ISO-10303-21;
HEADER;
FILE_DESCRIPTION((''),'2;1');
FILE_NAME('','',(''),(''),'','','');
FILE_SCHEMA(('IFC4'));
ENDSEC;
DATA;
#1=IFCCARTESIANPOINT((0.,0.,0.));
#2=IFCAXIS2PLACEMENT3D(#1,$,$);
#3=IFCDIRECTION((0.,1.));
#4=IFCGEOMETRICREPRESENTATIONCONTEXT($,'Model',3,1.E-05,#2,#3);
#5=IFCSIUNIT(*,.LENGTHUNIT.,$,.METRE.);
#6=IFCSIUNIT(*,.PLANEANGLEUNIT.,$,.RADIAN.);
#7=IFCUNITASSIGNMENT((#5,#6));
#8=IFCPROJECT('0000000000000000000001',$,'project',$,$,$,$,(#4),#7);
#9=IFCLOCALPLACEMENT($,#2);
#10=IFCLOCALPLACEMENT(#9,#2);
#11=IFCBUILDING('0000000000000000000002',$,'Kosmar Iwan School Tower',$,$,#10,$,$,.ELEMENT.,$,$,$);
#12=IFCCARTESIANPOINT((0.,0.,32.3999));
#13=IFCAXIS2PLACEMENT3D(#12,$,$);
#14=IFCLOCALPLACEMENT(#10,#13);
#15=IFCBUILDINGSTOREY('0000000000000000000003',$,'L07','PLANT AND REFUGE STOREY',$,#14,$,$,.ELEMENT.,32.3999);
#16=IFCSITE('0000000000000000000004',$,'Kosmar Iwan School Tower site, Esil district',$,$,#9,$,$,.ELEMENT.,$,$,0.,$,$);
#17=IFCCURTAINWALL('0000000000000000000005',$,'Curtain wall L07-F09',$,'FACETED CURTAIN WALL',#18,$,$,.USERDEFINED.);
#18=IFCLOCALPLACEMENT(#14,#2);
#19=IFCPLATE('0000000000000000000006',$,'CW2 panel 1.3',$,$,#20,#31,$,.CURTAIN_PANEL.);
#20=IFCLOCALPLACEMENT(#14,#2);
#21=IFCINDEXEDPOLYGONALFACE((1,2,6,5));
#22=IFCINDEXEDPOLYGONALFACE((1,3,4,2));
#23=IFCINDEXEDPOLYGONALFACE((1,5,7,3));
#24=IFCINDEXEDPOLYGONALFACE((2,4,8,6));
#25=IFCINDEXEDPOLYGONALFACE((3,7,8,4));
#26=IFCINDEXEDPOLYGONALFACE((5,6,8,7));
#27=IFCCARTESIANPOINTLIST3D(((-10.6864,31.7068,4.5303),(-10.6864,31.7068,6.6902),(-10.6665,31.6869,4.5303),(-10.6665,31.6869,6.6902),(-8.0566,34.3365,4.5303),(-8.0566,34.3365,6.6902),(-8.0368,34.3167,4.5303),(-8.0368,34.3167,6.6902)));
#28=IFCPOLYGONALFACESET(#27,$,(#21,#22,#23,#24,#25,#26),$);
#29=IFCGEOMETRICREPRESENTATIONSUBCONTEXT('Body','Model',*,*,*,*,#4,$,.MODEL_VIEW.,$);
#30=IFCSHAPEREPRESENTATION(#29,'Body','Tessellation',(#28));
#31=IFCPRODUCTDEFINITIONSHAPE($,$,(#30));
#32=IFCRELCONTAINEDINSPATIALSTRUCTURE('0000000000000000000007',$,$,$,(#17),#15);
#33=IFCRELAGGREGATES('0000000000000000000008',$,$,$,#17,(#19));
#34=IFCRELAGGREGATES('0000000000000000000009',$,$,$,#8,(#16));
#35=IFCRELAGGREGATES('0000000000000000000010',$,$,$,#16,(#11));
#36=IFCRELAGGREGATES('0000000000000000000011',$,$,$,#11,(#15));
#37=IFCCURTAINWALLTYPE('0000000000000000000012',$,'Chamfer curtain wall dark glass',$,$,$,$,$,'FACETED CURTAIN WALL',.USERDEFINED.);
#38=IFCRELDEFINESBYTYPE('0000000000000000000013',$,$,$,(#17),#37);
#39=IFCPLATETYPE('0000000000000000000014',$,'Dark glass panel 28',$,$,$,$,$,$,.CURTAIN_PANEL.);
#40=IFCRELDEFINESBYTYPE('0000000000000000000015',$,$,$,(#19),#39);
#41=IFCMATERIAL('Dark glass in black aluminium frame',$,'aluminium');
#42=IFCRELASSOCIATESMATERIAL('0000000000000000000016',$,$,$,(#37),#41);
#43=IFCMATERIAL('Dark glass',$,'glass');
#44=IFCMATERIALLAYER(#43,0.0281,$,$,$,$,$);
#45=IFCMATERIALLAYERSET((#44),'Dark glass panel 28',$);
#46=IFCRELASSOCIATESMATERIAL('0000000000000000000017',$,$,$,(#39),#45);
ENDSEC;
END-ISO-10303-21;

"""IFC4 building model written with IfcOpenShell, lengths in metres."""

from ifc_helpers import new_model, si_unit, direction, frame, origin, origin_2d, place, context, subcontext, project, spatial, rectangle, extrude, material, layer, layer_set, type_object, element, aggregate, save


model = new_model("IFC4")

# Units and contexts
model_context = context("Model", 3, precision=1e-05, world=origin(), true_north=direction((0.0, 1.0)))
body_context = subcontext(model_context, "Body", "Model", "MODEL_VIEW")
ifc_project = project(units=[si_unit("LENGTHUNIT", "METRE"), si_unit("PLANEANGLEUNIT", "RADIAN")], contexts=[model_context])

# Site, building, storey
site_placement = place(None, origin())
site = spatial("IfcSite", under=ifc_project, at=site_placement, Name="Kosmar Iwan School Tower site, Esil district", CompositionType="ELEMENT", RefElevation=0.0)
building_placement = place(site_placement, origin())
building = spatial("IfcBuilding", under=site, at=building_placement, Name="Kosmar Iwan School Tower", CompositionType="ELEMENT")
storey_placement = place(building_placement, frame((0.0, 0.0, 32.3999)))
storey = spatial("IfcBuildingStorey", under=building, at=storey_placement, Name="L07", Description="PLANT AND REFUGE STOREY", CompositionType="ELEMENT", Elevation=32.3999)

# Curtain wall
ifc_material_1 = material(Name="Dark glass in black aluminium frame", Category="aluminium")
curtain_wall_type_1 = type_object("IfcCurtainWallType", Name="Chamfer curtain wall dark glass", ElementType="FACETED CURTAIN WALL", PredefinedType="USERDEFINED", material=ifc_material_1)
curtain_wall_1_placement = place(storey_placement, origin())
curtain_wall_1 = element("IfcCurtainWall", 1, at=curtain_wall_1_placement, inside=storey, type_object=curtain_wall_type_1, Name="Curtain wall L07-F09", ObjectType="FACETED CURTAIN WALL", PredefinedType="USERDEFINED")

# Plate
ifc_material_2 = material(Name="Dark glass", Category="glass")
ifc_layer_1 = layer(ifc_material_2, 0.0281)
ifc_layer_set_1 = layer_set([ifc_layer_1], Name="Dark glass panel 28")
plate_type_1 = type_object("IfcPlateType", Name="Dark glass panel 28", PredefinedType="CURTAIN_PANEL", material=ifc_layer_set_1)
plate_1_placement = place(storey_placement, frame((-9.3616, 33.0117, 4.5303), z_axis=(0.0, 0.0, 1.0), x_axis=(-0.707107, -0.707107, 0.0)))
plate_1 = element("IfcPlate", 2, at=plate_1_placement, type_object=plate_type_1, Name="CW2 panel 1.3", PredefinedType="CURTAIN_PANEL", context=body_context, shape_type="SweptSolid", body=[
    extrude(rectangle(XDim=3.719, YDim=0.0281, at=origin_2d()), origin(), (0.0, 0.0, 1.0), 2.1599),
])
aggregate(curtain_wall_1, [plate_1])

save(model, "model.ifc")
